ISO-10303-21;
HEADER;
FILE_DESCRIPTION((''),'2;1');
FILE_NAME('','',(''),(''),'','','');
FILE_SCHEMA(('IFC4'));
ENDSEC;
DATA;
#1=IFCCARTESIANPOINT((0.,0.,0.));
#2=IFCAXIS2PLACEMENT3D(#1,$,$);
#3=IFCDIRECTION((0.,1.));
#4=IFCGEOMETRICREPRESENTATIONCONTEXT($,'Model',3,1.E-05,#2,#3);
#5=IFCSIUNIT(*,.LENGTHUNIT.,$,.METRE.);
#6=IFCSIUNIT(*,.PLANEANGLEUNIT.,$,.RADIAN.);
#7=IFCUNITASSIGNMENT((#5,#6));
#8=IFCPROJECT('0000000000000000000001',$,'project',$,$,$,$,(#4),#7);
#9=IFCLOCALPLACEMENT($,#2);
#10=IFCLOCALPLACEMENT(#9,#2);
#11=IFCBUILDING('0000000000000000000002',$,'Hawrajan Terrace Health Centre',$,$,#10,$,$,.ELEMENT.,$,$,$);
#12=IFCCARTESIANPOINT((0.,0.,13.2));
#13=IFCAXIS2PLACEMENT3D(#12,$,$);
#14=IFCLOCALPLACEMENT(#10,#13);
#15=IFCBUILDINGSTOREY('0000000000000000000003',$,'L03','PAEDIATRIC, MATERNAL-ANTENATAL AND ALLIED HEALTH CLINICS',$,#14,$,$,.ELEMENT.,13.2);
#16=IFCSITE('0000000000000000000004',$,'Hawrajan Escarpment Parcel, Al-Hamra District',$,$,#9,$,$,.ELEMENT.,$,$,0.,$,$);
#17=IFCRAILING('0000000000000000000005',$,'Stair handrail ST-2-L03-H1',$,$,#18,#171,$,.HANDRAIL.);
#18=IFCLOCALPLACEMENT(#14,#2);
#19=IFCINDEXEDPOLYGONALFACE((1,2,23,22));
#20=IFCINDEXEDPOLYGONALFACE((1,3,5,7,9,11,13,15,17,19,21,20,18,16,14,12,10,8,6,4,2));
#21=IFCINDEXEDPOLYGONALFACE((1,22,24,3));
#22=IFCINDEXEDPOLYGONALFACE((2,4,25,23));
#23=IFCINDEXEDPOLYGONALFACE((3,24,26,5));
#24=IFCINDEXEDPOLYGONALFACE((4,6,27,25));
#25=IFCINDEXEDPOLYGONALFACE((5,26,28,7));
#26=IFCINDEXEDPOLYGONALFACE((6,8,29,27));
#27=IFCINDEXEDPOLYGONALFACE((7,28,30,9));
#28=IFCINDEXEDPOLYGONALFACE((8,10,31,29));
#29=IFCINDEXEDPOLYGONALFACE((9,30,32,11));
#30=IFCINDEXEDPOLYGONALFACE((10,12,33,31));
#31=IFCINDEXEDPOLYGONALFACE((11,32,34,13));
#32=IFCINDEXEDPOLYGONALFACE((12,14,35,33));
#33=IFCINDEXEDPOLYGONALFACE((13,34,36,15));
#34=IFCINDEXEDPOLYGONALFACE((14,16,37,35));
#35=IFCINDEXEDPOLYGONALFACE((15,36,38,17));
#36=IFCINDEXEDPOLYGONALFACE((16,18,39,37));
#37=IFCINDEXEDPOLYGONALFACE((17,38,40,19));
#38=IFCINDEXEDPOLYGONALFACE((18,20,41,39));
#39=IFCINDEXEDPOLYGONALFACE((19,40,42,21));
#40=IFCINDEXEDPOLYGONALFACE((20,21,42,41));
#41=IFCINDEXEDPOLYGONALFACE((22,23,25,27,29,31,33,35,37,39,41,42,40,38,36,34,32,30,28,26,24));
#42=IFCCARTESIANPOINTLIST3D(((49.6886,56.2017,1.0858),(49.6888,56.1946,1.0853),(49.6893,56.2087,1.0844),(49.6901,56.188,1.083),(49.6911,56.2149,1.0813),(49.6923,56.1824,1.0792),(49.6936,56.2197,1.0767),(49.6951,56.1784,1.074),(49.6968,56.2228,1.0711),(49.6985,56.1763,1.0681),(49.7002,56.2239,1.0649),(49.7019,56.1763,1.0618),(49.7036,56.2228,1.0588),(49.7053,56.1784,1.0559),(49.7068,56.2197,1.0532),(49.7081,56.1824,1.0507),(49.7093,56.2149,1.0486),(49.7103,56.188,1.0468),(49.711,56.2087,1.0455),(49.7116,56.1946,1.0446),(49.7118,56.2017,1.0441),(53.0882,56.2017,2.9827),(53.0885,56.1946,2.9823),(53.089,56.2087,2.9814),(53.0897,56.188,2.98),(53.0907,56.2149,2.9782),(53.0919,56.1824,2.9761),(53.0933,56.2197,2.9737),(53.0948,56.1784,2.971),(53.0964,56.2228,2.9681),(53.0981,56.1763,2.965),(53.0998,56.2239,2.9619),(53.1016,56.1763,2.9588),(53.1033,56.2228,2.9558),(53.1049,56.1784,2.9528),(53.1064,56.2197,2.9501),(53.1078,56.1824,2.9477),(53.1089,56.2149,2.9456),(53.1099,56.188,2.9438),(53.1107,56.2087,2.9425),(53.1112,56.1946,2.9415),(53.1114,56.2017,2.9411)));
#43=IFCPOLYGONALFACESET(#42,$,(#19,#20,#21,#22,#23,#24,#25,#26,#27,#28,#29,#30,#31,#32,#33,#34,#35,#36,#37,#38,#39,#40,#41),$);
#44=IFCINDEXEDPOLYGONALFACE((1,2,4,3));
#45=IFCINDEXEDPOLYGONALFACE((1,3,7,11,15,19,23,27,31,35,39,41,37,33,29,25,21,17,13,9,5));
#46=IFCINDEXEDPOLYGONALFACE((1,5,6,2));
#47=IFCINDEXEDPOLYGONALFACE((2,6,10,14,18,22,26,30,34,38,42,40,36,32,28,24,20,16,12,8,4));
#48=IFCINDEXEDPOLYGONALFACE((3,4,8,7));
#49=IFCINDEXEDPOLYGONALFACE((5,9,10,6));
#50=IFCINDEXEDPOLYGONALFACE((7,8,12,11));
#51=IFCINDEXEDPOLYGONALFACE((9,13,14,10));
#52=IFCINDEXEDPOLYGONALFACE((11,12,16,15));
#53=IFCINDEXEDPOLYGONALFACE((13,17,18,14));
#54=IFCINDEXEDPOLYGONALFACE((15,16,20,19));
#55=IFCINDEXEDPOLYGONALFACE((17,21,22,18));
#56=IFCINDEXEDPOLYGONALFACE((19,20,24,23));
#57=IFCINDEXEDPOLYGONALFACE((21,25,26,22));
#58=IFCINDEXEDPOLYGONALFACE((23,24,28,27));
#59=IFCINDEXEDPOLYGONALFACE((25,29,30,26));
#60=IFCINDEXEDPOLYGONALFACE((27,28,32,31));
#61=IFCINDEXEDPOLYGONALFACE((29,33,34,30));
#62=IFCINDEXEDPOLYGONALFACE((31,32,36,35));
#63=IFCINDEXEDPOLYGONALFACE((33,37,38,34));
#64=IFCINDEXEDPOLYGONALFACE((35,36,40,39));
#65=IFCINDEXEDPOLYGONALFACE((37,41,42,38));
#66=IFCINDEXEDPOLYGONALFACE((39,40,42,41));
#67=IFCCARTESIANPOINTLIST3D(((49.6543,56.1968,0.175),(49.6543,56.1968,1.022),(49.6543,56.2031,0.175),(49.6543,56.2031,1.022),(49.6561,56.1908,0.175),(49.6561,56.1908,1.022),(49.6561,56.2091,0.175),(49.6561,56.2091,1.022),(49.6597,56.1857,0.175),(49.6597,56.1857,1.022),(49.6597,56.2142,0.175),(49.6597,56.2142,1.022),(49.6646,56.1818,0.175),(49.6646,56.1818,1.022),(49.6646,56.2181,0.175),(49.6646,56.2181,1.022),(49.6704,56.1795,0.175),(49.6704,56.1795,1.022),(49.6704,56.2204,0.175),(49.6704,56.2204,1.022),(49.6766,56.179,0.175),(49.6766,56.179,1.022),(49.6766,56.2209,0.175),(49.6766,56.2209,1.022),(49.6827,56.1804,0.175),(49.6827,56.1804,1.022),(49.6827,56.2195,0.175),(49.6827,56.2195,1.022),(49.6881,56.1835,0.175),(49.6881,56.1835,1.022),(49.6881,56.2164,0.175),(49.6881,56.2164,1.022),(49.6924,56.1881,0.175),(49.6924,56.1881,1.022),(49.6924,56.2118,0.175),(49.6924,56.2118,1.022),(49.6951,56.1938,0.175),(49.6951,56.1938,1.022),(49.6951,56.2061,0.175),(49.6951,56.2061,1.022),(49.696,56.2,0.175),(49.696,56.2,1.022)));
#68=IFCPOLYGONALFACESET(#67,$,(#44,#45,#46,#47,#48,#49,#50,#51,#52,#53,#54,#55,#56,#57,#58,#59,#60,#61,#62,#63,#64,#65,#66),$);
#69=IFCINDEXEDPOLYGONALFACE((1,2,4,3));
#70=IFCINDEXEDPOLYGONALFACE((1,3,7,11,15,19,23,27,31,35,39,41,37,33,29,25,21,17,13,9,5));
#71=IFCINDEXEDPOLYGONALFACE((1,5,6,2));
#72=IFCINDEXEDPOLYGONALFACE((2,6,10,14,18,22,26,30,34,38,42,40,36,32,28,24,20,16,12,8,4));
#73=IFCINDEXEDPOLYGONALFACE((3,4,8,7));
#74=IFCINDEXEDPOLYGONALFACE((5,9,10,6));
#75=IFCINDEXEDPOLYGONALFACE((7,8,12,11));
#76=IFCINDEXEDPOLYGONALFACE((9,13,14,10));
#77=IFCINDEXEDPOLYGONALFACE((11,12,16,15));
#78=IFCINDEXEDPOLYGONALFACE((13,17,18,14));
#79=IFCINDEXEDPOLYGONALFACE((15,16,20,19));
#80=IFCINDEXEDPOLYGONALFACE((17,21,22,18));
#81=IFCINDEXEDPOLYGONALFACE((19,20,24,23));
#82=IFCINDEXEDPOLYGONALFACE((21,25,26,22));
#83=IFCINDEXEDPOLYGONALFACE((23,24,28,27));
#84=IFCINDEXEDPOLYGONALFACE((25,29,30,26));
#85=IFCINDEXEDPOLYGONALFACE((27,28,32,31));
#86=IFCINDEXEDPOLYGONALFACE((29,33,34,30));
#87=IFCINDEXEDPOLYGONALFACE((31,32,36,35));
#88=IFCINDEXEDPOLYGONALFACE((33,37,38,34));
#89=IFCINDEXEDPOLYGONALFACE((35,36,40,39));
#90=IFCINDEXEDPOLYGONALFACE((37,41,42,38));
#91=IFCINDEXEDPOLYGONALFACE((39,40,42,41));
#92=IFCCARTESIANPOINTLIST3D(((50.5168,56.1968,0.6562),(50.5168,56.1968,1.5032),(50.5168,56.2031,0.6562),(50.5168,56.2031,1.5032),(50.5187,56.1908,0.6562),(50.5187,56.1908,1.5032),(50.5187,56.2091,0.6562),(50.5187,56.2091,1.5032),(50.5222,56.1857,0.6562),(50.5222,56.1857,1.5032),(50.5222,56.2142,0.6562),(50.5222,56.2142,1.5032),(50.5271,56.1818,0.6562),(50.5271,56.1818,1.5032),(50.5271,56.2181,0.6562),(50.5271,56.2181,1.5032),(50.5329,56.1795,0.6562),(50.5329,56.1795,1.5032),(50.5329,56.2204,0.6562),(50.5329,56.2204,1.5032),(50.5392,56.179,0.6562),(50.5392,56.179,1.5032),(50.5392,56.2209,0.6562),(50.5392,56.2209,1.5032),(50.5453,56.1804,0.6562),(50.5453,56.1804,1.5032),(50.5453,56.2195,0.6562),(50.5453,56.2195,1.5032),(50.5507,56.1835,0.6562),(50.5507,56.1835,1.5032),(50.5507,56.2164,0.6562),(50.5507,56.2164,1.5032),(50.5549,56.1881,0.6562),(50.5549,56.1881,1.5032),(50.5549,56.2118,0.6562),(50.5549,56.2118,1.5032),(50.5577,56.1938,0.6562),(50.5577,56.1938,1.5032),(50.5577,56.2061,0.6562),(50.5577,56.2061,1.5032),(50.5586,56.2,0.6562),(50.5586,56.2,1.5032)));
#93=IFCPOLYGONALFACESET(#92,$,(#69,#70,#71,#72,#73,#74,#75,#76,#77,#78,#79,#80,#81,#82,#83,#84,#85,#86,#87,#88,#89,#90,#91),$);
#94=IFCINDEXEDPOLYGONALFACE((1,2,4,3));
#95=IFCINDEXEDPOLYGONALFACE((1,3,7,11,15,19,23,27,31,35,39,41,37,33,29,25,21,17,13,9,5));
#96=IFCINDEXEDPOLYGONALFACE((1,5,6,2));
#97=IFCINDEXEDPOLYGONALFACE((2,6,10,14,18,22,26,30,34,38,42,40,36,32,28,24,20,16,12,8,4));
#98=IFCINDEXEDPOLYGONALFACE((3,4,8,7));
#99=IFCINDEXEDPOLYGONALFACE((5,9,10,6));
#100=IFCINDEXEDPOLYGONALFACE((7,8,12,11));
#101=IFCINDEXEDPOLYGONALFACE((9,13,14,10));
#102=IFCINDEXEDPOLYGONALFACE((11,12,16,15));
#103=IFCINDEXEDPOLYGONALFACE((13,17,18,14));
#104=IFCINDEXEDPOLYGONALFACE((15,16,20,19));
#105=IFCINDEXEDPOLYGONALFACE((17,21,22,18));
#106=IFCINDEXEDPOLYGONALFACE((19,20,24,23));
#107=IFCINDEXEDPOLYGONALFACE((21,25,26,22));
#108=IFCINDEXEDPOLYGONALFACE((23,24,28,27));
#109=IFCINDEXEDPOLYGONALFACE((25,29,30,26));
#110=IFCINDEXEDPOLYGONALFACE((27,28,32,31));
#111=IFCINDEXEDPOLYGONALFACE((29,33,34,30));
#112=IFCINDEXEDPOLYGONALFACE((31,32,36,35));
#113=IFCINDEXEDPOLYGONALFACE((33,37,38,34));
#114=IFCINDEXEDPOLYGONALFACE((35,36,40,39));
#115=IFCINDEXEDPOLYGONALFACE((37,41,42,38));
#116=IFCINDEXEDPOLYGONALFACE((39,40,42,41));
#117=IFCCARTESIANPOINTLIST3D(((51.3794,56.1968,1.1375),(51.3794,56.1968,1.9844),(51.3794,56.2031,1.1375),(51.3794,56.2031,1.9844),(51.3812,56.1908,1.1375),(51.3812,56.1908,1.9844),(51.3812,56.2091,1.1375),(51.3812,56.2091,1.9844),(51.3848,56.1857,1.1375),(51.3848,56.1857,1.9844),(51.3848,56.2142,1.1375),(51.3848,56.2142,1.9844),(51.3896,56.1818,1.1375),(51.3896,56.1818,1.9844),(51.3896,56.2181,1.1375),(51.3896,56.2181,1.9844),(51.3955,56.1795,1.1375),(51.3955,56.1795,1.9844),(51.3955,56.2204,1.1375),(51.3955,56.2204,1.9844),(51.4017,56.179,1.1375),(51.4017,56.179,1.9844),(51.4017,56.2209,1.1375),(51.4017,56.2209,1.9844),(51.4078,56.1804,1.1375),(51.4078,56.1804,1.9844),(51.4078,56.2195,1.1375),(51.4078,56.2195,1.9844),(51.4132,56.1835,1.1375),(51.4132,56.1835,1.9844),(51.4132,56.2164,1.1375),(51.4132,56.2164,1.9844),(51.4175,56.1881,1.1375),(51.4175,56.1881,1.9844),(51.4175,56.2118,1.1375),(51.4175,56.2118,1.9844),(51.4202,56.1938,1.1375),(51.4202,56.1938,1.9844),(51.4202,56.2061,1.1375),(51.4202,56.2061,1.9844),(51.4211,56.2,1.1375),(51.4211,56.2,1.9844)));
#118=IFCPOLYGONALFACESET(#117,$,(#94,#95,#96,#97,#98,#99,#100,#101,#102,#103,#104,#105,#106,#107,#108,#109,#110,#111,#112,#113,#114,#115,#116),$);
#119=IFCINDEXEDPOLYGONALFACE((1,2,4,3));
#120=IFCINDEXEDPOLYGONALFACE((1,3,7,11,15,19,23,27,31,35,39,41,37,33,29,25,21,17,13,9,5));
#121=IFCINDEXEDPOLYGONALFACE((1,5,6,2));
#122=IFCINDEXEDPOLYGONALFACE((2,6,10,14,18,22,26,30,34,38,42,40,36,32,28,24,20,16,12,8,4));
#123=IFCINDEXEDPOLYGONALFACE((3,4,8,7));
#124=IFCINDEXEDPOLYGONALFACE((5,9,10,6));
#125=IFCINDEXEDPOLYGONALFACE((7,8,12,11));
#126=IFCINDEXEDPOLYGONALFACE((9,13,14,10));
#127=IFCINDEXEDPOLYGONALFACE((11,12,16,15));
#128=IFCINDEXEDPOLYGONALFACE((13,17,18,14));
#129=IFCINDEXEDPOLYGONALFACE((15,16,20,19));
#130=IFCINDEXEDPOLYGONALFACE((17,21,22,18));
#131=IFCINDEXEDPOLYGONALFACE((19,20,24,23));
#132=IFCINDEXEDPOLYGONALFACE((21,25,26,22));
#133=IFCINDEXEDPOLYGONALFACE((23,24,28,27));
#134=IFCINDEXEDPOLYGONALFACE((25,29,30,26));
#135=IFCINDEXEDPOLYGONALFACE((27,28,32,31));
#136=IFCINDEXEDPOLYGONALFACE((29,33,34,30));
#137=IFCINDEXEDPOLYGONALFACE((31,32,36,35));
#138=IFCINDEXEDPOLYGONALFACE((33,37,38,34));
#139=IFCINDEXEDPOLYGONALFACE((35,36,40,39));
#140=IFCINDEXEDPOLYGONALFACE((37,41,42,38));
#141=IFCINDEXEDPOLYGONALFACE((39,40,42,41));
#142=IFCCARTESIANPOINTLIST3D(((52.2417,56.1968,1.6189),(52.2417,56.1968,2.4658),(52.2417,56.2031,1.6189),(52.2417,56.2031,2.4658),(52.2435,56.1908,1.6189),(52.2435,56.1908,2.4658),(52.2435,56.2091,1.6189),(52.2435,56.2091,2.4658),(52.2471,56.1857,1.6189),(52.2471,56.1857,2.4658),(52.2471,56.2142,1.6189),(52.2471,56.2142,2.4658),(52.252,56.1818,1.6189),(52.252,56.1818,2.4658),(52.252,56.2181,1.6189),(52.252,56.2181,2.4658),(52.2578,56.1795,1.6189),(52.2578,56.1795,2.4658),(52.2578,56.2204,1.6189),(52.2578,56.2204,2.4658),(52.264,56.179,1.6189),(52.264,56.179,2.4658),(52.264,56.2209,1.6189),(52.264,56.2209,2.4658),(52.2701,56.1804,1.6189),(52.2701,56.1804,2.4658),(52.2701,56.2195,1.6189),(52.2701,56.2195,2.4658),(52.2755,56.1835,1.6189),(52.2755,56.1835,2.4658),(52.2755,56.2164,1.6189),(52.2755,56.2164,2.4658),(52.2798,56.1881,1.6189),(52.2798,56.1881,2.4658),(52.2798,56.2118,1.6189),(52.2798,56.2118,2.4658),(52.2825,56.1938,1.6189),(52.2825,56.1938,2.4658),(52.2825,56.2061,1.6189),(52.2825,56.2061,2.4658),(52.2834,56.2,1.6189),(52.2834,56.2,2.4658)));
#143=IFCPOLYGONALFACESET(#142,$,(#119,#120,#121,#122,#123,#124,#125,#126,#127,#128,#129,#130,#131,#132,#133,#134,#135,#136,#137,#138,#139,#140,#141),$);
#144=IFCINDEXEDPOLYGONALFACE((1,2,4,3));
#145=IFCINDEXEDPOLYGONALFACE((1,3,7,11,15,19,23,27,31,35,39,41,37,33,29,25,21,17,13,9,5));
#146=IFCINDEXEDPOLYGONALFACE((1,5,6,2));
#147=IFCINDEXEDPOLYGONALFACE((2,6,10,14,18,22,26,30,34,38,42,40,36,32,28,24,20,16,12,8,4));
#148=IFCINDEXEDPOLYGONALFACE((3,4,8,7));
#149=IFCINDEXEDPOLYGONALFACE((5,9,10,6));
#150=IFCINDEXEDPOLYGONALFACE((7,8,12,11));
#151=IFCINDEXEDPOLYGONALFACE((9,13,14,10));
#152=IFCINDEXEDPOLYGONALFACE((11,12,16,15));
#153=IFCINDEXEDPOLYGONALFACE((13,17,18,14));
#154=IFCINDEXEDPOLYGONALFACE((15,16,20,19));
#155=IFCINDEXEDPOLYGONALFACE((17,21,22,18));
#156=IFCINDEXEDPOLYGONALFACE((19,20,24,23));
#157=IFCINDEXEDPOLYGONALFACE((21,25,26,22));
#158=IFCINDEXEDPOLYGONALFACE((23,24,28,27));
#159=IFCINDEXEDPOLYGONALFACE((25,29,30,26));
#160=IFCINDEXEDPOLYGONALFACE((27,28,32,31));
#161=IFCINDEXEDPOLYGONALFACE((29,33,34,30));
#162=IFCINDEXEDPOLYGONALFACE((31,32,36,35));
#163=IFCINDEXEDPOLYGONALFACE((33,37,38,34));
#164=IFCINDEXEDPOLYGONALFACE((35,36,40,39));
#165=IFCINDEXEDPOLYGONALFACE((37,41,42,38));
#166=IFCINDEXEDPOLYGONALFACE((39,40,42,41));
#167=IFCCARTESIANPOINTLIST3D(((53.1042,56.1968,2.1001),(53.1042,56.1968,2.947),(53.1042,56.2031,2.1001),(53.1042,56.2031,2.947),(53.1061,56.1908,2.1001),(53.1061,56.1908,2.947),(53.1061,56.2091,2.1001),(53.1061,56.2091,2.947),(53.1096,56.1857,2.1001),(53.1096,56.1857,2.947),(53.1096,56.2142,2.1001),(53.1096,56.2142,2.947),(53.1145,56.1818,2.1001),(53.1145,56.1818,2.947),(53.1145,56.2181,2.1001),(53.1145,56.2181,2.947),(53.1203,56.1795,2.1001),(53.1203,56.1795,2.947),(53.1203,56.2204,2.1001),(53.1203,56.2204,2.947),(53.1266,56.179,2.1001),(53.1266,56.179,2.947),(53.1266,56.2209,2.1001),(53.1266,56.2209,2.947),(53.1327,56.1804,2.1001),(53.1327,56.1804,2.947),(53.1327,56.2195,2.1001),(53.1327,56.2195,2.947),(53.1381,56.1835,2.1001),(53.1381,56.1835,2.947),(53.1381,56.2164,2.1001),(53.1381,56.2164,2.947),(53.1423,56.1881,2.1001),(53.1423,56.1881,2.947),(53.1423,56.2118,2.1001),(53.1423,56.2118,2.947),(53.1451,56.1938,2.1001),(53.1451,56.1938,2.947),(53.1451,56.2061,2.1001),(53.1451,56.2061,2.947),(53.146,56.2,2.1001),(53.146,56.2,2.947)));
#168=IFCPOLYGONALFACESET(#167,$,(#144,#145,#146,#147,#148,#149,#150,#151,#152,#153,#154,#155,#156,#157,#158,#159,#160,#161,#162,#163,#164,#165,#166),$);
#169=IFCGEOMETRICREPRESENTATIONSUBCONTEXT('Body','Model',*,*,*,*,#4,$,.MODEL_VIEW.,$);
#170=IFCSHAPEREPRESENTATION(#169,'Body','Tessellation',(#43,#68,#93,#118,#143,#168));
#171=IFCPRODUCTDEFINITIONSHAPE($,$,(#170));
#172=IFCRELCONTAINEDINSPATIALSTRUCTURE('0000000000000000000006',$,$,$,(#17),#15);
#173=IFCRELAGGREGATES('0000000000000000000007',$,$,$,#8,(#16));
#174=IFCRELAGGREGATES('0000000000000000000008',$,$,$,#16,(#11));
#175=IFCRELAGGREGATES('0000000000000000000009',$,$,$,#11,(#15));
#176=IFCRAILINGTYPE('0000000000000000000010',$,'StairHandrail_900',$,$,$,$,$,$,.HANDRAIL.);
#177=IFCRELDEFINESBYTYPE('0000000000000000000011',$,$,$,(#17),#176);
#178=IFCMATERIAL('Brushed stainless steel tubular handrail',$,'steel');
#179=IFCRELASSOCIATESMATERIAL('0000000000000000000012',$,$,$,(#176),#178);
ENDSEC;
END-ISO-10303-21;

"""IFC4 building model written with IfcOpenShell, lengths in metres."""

from ifc_helpers import new_model, si_unit, direction, frame, origin, origin_2d, place, context, subcontext, project, spatial, circle, extrude, material, type_object, element, save


model = new_model("IFC4")

# Units and contexts
model_context = context("Model", 3, precision=1e-05, world=origin(), true_north=direction((0.0, 1.0)))
body_context = subcontext(model_context, "Body", "Model", "MODEL_VIEW")
ifc_project = project(units=[si_unit("LENGTHUNIT", "METRE"), si_unit("PLANEANGLEUNIT", "RADIAN")], contexts=[model_context])

# Site, building, storey
site_placement = place(None, origin())
site = spatial("IfcSite", under=ifc_project, at=site_placement, Name="Hawrajan Escarpment Parcel, Al-Hamra District", CompositionType="ELEMENT", RefElevation=0.0)
building_placement = place(site_placement, origin())
building = spatial("IfcBuilding", under=site, at=building_placement, Name="Hawrajan Terrace Health Centre", CompositionType="ELEMENT")
storey_placement = place(building_placement, frame((0.0, 0.0, 13.2)))
storey = spatial("IfcBuildingStorey", under=building, at=storey_placement, Name="L03", Description="PAEDIATRIC, MATERNAL-ANTENATAL AND ALLIED HEALTH CLINICS", CompositionType="ELEMENT", Elevation=13.2)

# Railing
ifc_material_1 = material(Name="Brushed stainless steel tubular handrail", Category="steel")
railing_type_1 = type_object("IfcRailingType", Name="StairHandrail_900", PredefinedType="HANDRAIL", material=ifc_material_1)
railing_1_placement = place(storey_placement, frame((49.675, 56.2, 0.175)))
element("IfcRailing", 1, at=railing_1_placement, inside=storey, type_object=railing_type_1, Name="Stair handrail ST-2-L03-H1", PredefinedType="HANDRAIL", context=body_context, shape_type="SweptSolid", body=[
    extrude(circle(Radius=0.0239, at=origin_2d()), frame((0.0251, 0.0, 0.8899), z_axis=(0.873252, 0.0, 0.487269), x_axis=(0.0, 1.0, 0.0)), (0.0, 0.0, 1.0), 3.8931),
    extrude(circle(Radius=0.021, at=origin_2d()), origin(), (0.0, 0.0, 1.0), 0.8469),
    extrude(circle(Radius=0.021, at=origin_2d()), frame((0.8625, 0.0, 0.4812)), (0.0, 0.0, 1.0), 0.8469),
    extrude(circle(Radius=0.021, at=origin_2d()), frame((1.7251, 0.0, 0.9624)), (0.0, 0.0, 1.0), 0.8469),
    extrude(circle(Radius=0.021, at=origin_2d()), frame((2.5874, 0.0, 1.4438)), (0.0, 0.0, 1.0), 0.8469),
    extrude(circle(Radius=0.021, at=origin_2d()), frame((3.45, 0.0, 1.925)), (0.0, 0.0, 1.0), 0.8469),
])

save(model, "model.ifc")
